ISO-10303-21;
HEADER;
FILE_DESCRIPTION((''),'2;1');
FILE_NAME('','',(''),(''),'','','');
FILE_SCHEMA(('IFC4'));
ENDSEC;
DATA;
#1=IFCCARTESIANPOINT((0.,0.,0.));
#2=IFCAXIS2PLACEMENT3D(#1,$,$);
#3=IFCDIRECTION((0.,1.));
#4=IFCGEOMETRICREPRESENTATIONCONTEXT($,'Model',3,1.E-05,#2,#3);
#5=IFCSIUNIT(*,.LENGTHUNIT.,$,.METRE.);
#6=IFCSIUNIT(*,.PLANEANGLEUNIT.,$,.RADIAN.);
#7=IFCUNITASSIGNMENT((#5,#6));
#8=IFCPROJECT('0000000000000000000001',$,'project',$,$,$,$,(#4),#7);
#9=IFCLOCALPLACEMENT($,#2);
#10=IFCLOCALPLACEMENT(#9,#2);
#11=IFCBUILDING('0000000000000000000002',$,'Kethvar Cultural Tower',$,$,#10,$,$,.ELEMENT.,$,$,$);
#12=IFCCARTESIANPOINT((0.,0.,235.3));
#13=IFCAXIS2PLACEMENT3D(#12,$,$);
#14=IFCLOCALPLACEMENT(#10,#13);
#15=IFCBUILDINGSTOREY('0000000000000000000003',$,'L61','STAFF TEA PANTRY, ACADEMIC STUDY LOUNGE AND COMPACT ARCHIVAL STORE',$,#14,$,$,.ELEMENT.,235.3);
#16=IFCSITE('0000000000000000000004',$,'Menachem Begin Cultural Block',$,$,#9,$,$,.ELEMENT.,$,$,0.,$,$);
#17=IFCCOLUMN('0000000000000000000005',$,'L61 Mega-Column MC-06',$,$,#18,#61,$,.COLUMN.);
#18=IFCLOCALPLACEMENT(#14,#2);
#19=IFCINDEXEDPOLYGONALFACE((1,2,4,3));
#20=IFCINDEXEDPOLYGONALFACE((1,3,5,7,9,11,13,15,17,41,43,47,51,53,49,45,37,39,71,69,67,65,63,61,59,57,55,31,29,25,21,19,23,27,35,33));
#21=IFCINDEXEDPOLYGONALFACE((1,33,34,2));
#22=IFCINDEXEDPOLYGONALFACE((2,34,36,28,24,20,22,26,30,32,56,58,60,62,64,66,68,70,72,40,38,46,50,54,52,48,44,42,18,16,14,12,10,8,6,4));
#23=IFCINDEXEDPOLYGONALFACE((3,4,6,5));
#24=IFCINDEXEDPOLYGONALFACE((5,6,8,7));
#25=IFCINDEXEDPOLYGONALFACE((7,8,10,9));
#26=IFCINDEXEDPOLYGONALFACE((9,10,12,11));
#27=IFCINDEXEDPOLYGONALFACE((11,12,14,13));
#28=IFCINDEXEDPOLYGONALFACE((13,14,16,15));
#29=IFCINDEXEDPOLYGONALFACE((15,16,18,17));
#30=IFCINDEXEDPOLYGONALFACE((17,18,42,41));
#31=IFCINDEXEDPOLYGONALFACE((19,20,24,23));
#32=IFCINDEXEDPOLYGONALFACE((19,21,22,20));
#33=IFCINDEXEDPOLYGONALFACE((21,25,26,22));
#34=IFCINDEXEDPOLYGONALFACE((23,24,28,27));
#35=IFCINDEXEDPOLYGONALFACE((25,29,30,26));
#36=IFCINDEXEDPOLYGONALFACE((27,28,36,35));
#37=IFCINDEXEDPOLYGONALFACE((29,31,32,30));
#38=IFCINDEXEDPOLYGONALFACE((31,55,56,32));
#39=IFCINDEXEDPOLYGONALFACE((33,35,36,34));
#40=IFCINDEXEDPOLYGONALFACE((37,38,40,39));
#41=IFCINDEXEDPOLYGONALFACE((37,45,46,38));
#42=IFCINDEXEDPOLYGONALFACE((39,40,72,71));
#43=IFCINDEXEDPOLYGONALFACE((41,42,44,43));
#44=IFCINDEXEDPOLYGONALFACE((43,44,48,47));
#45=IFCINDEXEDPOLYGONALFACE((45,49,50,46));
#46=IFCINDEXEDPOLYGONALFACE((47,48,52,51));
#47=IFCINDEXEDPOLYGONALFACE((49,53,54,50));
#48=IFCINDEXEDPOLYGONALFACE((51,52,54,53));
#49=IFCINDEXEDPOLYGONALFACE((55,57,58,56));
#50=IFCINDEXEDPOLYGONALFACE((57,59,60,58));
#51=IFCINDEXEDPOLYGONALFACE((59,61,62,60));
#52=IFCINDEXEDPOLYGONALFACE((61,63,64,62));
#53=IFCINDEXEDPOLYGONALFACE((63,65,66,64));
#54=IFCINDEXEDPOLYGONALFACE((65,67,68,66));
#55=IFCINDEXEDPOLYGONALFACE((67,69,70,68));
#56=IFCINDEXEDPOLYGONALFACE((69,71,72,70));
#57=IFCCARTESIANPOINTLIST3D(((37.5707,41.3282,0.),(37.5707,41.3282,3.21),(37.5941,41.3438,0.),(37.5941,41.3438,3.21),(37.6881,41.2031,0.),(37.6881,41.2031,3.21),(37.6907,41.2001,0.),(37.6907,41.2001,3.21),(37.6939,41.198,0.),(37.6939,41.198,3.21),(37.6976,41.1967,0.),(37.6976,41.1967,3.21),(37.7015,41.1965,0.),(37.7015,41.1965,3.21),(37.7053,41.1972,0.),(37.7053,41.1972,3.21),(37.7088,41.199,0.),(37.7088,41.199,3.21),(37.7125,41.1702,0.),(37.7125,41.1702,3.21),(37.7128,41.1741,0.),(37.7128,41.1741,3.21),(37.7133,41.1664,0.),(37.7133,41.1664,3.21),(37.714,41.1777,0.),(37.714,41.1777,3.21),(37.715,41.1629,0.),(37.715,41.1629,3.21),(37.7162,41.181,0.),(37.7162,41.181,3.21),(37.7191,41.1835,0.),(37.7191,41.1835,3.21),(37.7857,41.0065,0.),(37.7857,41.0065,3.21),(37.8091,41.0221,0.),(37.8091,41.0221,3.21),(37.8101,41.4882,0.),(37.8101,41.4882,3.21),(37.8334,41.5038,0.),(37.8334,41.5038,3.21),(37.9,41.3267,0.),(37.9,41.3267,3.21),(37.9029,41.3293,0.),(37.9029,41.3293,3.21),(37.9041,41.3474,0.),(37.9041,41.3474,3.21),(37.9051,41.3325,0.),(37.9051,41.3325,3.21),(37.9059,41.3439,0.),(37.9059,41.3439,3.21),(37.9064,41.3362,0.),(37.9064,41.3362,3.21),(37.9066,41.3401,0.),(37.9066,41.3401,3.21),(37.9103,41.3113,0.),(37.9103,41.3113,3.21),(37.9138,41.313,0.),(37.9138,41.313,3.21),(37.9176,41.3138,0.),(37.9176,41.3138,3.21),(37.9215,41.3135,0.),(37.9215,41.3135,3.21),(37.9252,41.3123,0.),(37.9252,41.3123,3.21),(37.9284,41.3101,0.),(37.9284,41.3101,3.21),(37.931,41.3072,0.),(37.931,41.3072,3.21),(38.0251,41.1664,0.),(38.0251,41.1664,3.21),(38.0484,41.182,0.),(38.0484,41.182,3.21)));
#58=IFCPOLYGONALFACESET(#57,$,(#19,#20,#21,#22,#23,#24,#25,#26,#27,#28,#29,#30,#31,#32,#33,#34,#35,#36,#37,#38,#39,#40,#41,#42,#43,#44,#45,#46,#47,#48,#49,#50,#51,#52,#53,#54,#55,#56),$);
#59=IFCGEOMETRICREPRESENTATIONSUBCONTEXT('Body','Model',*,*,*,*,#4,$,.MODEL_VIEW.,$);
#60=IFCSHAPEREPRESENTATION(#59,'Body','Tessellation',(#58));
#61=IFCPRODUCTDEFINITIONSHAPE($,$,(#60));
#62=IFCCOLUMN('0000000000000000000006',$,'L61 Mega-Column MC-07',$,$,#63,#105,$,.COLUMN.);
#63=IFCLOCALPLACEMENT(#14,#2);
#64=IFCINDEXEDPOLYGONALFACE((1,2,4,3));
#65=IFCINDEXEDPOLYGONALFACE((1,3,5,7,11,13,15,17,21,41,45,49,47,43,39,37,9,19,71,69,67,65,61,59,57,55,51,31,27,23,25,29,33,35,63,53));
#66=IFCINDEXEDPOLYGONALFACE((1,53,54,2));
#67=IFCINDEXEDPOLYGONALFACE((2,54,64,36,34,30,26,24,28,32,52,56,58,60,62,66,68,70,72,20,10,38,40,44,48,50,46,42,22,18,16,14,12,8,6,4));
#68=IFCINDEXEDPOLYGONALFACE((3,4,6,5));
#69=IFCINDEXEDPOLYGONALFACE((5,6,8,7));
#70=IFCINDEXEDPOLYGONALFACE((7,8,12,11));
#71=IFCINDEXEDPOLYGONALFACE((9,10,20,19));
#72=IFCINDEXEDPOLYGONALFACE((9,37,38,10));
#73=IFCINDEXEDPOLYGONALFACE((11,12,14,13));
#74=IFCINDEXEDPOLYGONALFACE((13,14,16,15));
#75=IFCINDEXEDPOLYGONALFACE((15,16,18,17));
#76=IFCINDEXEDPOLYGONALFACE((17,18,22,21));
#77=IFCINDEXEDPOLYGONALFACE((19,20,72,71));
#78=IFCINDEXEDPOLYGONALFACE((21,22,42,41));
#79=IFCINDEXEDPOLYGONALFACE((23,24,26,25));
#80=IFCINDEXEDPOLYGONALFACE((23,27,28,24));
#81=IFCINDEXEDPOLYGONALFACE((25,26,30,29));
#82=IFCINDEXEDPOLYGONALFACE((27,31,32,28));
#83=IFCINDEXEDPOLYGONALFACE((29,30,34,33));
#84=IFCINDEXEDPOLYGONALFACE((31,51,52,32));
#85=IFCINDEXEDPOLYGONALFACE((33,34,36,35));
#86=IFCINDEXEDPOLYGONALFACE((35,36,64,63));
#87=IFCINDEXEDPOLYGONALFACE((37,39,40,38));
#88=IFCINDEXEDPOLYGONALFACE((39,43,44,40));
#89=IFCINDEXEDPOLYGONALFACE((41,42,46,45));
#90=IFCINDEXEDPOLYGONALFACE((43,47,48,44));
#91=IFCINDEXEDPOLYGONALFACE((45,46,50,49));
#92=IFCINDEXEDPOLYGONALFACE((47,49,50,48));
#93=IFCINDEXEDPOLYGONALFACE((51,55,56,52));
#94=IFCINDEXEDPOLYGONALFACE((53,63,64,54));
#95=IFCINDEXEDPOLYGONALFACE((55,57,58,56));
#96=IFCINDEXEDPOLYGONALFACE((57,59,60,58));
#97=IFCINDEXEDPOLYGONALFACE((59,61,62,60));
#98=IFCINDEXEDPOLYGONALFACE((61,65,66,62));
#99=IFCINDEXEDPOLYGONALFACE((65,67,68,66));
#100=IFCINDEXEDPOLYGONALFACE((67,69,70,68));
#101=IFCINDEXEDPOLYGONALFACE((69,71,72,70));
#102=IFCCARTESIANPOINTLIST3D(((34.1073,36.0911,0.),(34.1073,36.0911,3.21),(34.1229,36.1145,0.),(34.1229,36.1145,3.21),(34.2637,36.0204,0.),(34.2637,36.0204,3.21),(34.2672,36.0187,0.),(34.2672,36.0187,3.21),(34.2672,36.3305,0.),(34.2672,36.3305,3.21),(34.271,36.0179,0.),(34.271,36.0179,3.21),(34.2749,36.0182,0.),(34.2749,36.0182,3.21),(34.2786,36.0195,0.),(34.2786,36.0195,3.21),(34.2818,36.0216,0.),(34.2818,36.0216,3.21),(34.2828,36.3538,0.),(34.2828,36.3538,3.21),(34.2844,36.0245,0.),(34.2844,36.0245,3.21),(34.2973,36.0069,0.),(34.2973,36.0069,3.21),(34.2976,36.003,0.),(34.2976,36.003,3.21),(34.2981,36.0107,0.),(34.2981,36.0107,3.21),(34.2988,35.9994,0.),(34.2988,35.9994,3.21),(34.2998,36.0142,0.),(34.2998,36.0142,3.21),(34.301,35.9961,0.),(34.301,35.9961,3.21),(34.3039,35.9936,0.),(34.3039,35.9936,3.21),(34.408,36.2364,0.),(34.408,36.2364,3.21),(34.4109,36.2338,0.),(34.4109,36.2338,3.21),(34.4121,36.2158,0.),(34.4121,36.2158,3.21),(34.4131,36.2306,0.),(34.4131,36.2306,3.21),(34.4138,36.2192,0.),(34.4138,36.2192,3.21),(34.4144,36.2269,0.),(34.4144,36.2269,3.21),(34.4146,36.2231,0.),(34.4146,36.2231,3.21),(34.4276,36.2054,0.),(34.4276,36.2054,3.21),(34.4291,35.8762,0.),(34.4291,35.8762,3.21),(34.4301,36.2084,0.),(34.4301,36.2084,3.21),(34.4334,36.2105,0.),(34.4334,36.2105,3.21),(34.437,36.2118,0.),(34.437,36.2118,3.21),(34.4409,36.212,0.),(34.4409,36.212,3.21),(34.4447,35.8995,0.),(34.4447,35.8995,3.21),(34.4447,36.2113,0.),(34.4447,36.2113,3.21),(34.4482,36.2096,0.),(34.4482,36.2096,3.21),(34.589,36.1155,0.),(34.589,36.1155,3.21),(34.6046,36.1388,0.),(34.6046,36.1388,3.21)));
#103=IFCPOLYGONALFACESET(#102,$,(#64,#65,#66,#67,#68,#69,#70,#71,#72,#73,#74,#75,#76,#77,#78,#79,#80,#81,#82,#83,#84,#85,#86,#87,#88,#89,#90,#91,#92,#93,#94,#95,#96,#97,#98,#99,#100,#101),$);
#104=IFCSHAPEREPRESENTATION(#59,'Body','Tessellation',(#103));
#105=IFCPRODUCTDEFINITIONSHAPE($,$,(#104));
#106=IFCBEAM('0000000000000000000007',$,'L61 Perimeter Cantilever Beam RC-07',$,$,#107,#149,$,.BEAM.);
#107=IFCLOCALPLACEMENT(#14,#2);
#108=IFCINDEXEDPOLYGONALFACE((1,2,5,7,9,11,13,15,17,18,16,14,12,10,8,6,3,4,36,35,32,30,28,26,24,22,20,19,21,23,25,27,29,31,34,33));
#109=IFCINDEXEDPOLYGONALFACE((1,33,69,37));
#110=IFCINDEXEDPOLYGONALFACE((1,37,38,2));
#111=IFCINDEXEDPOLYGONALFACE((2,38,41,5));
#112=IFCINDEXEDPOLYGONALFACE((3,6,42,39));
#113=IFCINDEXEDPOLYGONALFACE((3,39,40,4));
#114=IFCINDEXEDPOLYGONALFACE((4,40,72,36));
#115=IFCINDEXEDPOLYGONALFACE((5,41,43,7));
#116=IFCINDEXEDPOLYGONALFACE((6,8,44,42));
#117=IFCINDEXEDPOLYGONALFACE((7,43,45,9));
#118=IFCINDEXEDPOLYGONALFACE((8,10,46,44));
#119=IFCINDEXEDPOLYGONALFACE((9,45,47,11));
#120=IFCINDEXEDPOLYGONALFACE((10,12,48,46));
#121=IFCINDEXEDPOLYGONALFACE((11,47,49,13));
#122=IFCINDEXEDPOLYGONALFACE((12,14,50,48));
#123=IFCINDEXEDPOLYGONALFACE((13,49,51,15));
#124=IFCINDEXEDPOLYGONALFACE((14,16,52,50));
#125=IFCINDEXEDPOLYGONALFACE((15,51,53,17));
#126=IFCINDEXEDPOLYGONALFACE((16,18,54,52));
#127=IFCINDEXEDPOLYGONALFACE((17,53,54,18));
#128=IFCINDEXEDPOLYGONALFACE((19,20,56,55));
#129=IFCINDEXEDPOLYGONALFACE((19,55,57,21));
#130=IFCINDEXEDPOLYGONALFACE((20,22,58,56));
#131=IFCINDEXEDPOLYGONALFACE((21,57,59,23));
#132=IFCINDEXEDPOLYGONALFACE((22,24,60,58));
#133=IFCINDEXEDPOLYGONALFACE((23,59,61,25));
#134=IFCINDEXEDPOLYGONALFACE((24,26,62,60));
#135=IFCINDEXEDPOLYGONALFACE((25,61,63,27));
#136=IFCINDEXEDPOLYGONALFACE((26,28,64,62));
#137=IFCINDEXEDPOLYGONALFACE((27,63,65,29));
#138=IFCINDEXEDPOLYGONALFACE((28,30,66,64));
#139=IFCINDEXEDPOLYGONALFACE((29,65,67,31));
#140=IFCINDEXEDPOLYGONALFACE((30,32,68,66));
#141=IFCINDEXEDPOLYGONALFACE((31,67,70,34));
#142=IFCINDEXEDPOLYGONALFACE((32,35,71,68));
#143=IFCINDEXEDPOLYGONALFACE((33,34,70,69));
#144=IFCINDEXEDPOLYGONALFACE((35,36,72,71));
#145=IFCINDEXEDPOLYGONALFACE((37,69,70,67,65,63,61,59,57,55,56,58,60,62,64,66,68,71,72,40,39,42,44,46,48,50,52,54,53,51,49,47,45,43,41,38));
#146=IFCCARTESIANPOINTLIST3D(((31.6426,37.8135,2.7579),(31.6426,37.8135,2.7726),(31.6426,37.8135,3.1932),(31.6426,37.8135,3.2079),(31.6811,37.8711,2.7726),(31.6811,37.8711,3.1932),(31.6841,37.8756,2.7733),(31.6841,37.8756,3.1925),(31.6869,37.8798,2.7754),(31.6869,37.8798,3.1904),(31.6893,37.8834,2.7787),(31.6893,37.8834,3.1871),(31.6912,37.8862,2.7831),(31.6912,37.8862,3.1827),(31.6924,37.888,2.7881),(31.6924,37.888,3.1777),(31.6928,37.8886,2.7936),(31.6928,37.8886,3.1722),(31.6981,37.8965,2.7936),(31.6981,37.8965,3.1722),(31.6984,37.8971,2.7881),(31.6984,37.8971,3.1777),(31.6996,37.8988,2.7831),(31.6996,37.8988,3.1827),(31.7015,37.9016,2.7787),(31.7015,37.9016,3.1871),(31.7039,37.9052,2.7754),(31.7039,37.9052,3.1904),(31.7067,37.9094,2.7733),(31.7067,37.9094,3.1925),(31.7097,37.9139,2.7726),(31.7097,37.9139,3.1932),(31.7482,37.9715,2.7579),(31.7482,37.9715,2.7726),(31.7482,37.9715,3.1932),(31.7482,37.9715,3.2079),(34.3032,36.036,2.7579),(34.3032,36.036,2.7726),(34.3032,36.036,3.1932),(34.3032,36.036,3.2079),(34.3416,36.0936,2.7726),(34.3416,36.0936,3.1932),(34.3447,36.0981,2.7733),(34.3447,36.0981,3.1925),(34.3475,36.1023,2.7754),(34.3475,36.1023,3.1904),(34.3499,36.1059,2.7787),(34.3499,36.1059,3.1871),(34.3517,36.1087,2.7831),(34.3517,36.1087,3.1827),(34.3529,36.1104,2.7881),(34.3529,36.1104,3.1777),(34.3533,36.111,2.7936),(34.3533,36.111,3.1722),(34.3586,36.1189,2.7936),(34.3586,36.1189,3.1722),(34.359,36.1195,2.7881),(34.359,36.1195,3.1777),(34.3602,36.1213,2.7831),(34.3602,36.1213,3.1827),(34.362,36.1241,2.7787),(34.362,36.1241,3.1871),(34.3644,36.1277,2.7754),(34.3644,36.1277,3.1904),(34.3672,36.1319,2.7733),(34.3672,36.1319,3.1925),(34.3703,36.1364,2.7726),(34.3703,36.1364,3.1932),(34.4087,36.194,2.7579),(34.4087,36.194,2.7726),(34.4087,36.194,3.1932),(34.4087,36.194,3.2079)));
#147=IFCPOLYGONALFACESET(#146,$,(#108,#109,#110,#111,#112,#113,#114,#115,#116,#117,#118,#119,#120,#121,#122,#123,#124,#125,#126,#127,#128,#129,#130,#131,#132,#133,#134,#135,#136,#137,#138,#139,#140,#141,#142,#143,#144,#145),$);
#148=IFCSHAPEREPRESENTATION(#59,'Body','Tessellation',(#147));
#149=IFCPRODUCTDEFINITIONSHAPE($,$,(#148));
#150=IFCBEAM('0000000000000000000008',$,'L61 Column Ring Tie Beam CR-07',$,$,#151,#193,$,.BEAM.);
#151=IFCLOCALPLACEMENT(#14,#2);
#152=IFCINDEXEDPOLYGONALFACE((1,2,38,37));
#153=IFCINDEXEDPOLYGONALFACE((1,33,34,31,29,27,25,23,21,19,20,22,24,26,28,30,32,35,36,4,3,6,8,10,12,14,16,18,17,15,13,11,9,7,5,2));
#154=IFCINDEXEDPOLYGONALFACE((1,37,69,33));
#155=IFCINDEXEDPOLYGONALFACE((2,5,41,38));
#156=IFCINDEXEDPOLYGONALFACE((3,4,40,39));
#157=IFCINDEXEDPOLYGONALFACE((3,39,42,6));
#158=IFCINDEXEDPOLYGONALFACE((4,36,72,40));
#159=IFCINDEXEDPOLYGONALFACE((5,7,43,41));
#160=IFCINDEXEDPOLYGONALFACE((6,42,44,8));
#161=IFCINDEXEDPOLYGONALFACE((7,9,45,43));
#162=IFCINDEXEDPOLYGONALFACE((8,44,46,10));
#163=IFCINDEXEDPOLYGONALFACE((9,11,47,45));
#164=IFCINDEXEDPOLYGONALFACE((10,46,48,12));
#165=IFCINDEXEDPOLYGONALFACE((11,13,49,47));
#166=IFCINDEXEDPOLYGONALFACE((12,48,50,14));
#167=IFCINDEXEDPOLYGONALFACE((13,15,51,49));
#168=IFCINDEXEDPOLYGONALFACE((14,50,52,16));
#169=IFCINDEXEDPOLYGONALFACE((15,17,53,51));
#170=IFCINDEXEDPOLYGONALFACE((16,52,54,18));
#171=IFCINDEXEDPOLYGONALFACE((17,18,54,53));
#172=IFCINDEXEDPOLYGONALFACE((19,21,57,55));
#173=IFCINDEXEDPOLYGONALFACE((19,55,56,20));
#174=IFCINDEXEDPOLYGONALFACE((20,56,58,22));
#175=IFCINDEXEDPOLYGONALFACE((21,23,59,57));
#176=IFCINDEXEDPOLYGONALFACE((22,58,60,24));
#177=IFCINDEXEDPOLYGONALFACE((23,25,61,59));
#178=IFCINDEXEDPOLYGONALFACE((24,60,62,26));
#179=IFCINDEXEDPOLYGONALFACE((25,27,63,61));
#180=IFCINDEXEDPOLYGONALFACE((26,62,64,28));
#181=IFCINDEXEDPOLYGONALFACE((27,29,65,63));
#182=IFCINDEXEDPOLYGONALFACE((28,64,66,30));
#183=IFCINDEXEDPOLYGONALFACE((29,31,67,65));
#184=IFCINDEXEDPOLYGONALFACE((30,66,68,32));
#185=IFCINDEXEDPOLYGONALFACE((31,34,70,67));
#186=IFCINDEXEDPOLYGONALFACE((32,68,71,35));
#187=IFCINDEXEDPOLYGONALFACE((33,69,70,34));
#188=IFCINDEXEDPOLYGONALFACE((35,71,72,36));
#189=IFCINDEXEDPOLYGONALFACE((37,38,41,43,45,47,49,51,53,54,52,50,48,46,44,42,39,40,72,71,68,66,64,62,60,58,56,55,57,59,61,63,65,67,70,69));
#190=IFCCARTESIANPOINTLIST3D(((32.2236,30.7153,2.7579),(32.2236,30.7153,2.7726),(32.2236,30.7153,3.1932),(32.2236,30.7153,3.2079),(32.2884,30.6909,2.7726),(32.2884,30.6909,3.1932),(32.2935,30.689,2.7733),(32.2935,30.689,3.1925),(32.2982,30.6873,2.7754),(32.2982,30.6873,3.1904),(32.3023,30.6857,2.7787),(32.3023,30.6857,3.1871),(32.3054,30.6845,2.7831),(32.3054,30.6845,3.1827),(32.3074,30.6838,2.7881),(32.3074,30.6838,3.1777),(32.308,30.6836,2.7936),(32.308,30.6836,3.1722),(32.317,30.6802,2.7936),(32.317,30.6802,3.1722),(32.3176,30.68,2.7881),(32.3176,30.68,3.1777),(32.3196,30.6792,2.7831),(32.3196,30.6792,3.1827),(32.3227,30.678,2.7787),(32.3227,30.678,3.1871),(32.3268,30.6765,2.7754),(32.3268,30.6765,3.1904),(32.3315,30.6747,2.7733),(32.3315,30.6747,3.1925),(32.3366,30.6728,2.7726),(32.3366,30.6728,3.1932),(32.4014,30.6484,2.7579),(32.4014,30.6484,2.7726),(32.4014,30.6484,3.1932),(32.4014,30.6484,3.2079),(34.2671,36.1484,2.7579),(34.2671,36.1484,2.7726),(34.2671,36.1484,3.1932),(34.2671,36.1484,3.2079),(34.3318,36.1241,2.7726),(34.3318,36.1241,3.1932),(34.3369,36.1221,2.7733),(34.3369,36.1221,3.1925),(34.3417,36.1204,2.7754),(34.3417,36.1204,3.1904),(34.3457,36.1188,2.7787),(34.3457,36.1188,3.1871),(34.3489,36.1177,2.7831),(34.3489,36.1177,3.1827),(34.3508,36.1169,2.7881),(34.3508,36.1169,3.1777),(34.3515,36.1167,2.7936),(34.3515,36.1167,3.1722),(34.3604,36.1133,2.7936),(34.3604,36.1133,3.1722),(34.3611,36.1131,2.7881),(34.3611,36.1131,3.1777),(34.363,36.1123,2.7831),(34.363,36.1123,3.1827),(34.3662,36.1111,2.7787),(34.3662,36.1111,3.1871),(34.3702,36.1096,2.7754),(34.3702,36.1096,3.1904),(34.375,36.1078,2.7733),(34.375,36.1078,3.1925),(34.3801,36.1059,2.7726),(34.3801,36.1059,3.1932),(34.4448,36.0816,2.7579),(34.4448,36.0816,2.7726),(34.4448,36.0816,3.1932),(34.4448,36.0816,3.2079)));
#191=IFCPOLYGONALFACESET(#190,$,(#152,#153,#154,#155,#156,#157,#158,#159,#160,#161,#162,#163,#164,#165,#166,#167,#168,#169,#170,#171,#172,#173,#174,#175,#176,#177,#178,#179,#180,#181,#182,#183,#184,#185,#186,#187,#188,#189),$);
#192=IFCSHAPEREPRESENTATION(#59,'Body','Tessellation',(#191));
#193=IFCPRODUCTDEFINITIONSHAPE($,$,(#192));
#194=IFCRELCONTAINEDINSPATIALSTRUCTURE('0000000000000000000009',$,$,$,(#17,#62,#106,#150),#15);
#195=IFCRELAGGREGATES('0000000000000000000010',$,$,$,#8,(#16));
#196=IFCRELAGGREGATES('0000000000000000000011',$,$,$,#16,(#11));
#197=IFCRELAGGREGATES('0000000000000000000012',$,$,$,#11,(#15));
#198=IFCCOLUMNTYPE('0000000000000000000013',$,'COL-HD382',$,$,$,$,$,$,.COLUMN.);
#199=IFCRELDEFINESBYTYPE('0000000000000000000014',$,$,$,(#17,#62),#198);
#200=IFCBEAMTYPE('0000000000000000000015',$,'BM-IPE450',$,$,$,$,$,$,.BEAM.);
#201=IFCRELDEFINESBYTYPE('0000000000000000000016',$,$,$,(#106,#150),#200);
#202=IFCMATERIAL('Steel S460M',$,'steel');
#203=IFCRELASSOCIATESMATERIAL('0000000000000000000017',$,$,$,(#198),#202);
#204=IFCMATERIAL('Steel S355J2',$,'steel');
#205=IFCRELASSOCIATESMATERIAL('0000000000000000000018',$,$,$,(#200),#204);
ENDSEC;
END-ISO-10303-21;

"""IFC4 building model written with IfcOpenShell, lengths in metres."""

from ifc_helpers import new_model, si_unit, direction, frame, origin, origin_2d, place, context, subcontext, project, spatial, i_section, extrude, source, transform, mapped, material, material_profile, profile_set, type_object, element, save


model = new_model("IFC4")

# Units and contexts
model_context = context("Model", 3, precision=1e-05, world=origin(), true_north=direction((0.0, 1.0)))
body_context = subcontext(model_context, "Body", "Model", "MODEL_VIEW")
ifc_project = project(units=[si_unit("LENGTHUNIT", "METRE"), si_unit("PLANEANGLEUNIT", "RADIAN")], contexts=[model_context])

# Site, building, storey
site_placement = place(None, origin())
site = spatial("IfcSite", under=ifc_project, at=site_placement, Name="Menachem Begin Cultural Block", CompositionType="ELEMENT", RefElevation=0.0)
building_placement = place(site_placement, origin())
building = spatial("IfcBuilding", under=site, at=building_placement, Name="Kethvar Cultural Tower", CompositionType="ELEMENT")
storey_placement = place(building_placement, frame((0.0, 0.0, 235.3)))
storey = spatial("IfcBuildingStorey", under=building, at=storey_placement, Name="L61", Description="STAFF TEA PANTRY, ACADEMIC STUDY LOUNGE AND COMPACT ARCHIVAL STORE", CompositionType="ELEMENT", Elevation=235.3)

# Columns
ifc_material_1 = material(Name="Steel S460M", Category="steel")
ifc_material_profile_1 = material_profile(ifc_material_1, i_section(OverallWidth=0.387, OverallDepth=0.3159, WebThickness=0.0186, FlangeThickness=0.0281, FilletRadius=0.0149, at=origin_2d()), Name="Steel S460M — HD400x382")
ifc_profile_set_1 = profile_set([ifc_material_profile_1], Name="Steel S460M — HD400x382")
column_type = type_object("IfcColumnType", Name="COL-HD382", PredefinedType="COLUMN", material=ifc_profile_set_1)
shared_shape_1 = source(origin(), body_context, "Body", "SweptSolid", [
    extrude(i_section(OverallWidth=0.387, OverallDepth=0.3159, WebThickness=0.0186, FlangeThickness=0.0281, FilletRadius=0.0149, at=origin_2d()), origin(), (0.0, 0.0, 1.0), 3.21),
])
for number, where, z_axis, x_axis, name in (
    (1, (37.8096, 41.2551, 0.0), (0.0, 0.0, 1.0), (-0.55557, 0.83147, 0.0), "L61 Mega-Column MC-06"),
    (2, (34.356, 36.115, 0.0), (0.0, 0.0, 1.0), (-0.83147, 0.55557, 0.0), "L61 Mega-Column MC-07"),
):
    element("IfcColumn", number, at=place(storey_placement, frame(where, z_axis=z_axis, x_axis=x_axis)), inside=storey, type_object=column_type, Name=name, PredefinedType="COLUMN", context=body_context, shape_type="MappedRepresentation", body=[
        mapped(shared_shape_1, transform((0.0, 0.0, 0.0), scale=1.0)),
    ])

# Beams
ifc_material_2 = material(Name="Steel S355J2", Category="steel")
ifc_material_profile_2 = material_profile(ifc_material_2, i_section(OverallWidth=0.1899, OverallDepth=0.45, WebThickness=0.0095, FlangeThickness=0.0146, FilletRadius=0.021, at=origin_2d()), Name="Steel S355J2 — IPE450")
ifc_profile_set_2 = profile_set([ifc_material_profile_2], Name="Steel S355J2 — IPE450")
beam_type_1 = type_object("IfcBeamType", Name="BM-IPE450", PredefinedType="BEAM", material=ifc_profile_set_2)
shared_shape_2 = source(origin(), body_context, "Body", "SweptSolid", [
    extrude(i_section(OverallWidth=0.1899, OverallDepth=0.45, WebThickness=0.0095, FlangeThickness=0.0146, FilletRadius=0.021, at=origin_2d()), origin(), (0.0, 0.0, 1.0), 3.1997),
])
beam_1_placement = place(storey_placement, frame((34.356, 36.115, 2.9829), z_axis=(-0.831498, 0.555527, 0.0), x_axis=(-0.555527, -0.831498, 0.0)))
element("IfcBeam", 3, at=beam_1_placement, inside=storey, type_object=beam_type_1, Name="L61 Perimeter Cantilever Beam RC-07", PredefinedType="BEAM", context=body_context, shape_type="MappedRepresentation", body=[
    mapped(shared_shape_2, transform((0.0, 0.0, 0.0), scale=1.0)),
])
shared_shape_3 = source(origin(), body_context, "Body", "SweptSolid", [
    extrude(i_section(OverallWidth=0.1899, OverallDepth=0.45, WebThickness=0.0095, FlangeThickness=0.0146, FilletRadius=0.021, at=origin_2d()), origin(), (0.0, 0.0, 1.0), 5.8047),
])
beam_2_placement = place(storey_placement, frame((34.356, 36.115, 2.9829), z_axis=(-0.352036, -0.935986, 0.0), x_axis=(0.935986, -0.352036, 0.0)))
element("IfcBeam", 4, at=beam_2_placement, inside=storey, type_object=beam_type_1, Name="L61 Column Ring Tie Beam CR-07", PredefinedType="BEAM", context=body_context, shape_type="MappedRepresentation", body=[
    mapped(shared_shape_3, transform((0.0, 0.0, 0.0), scale=1.0)),
])

save(model, "model.ifc")
